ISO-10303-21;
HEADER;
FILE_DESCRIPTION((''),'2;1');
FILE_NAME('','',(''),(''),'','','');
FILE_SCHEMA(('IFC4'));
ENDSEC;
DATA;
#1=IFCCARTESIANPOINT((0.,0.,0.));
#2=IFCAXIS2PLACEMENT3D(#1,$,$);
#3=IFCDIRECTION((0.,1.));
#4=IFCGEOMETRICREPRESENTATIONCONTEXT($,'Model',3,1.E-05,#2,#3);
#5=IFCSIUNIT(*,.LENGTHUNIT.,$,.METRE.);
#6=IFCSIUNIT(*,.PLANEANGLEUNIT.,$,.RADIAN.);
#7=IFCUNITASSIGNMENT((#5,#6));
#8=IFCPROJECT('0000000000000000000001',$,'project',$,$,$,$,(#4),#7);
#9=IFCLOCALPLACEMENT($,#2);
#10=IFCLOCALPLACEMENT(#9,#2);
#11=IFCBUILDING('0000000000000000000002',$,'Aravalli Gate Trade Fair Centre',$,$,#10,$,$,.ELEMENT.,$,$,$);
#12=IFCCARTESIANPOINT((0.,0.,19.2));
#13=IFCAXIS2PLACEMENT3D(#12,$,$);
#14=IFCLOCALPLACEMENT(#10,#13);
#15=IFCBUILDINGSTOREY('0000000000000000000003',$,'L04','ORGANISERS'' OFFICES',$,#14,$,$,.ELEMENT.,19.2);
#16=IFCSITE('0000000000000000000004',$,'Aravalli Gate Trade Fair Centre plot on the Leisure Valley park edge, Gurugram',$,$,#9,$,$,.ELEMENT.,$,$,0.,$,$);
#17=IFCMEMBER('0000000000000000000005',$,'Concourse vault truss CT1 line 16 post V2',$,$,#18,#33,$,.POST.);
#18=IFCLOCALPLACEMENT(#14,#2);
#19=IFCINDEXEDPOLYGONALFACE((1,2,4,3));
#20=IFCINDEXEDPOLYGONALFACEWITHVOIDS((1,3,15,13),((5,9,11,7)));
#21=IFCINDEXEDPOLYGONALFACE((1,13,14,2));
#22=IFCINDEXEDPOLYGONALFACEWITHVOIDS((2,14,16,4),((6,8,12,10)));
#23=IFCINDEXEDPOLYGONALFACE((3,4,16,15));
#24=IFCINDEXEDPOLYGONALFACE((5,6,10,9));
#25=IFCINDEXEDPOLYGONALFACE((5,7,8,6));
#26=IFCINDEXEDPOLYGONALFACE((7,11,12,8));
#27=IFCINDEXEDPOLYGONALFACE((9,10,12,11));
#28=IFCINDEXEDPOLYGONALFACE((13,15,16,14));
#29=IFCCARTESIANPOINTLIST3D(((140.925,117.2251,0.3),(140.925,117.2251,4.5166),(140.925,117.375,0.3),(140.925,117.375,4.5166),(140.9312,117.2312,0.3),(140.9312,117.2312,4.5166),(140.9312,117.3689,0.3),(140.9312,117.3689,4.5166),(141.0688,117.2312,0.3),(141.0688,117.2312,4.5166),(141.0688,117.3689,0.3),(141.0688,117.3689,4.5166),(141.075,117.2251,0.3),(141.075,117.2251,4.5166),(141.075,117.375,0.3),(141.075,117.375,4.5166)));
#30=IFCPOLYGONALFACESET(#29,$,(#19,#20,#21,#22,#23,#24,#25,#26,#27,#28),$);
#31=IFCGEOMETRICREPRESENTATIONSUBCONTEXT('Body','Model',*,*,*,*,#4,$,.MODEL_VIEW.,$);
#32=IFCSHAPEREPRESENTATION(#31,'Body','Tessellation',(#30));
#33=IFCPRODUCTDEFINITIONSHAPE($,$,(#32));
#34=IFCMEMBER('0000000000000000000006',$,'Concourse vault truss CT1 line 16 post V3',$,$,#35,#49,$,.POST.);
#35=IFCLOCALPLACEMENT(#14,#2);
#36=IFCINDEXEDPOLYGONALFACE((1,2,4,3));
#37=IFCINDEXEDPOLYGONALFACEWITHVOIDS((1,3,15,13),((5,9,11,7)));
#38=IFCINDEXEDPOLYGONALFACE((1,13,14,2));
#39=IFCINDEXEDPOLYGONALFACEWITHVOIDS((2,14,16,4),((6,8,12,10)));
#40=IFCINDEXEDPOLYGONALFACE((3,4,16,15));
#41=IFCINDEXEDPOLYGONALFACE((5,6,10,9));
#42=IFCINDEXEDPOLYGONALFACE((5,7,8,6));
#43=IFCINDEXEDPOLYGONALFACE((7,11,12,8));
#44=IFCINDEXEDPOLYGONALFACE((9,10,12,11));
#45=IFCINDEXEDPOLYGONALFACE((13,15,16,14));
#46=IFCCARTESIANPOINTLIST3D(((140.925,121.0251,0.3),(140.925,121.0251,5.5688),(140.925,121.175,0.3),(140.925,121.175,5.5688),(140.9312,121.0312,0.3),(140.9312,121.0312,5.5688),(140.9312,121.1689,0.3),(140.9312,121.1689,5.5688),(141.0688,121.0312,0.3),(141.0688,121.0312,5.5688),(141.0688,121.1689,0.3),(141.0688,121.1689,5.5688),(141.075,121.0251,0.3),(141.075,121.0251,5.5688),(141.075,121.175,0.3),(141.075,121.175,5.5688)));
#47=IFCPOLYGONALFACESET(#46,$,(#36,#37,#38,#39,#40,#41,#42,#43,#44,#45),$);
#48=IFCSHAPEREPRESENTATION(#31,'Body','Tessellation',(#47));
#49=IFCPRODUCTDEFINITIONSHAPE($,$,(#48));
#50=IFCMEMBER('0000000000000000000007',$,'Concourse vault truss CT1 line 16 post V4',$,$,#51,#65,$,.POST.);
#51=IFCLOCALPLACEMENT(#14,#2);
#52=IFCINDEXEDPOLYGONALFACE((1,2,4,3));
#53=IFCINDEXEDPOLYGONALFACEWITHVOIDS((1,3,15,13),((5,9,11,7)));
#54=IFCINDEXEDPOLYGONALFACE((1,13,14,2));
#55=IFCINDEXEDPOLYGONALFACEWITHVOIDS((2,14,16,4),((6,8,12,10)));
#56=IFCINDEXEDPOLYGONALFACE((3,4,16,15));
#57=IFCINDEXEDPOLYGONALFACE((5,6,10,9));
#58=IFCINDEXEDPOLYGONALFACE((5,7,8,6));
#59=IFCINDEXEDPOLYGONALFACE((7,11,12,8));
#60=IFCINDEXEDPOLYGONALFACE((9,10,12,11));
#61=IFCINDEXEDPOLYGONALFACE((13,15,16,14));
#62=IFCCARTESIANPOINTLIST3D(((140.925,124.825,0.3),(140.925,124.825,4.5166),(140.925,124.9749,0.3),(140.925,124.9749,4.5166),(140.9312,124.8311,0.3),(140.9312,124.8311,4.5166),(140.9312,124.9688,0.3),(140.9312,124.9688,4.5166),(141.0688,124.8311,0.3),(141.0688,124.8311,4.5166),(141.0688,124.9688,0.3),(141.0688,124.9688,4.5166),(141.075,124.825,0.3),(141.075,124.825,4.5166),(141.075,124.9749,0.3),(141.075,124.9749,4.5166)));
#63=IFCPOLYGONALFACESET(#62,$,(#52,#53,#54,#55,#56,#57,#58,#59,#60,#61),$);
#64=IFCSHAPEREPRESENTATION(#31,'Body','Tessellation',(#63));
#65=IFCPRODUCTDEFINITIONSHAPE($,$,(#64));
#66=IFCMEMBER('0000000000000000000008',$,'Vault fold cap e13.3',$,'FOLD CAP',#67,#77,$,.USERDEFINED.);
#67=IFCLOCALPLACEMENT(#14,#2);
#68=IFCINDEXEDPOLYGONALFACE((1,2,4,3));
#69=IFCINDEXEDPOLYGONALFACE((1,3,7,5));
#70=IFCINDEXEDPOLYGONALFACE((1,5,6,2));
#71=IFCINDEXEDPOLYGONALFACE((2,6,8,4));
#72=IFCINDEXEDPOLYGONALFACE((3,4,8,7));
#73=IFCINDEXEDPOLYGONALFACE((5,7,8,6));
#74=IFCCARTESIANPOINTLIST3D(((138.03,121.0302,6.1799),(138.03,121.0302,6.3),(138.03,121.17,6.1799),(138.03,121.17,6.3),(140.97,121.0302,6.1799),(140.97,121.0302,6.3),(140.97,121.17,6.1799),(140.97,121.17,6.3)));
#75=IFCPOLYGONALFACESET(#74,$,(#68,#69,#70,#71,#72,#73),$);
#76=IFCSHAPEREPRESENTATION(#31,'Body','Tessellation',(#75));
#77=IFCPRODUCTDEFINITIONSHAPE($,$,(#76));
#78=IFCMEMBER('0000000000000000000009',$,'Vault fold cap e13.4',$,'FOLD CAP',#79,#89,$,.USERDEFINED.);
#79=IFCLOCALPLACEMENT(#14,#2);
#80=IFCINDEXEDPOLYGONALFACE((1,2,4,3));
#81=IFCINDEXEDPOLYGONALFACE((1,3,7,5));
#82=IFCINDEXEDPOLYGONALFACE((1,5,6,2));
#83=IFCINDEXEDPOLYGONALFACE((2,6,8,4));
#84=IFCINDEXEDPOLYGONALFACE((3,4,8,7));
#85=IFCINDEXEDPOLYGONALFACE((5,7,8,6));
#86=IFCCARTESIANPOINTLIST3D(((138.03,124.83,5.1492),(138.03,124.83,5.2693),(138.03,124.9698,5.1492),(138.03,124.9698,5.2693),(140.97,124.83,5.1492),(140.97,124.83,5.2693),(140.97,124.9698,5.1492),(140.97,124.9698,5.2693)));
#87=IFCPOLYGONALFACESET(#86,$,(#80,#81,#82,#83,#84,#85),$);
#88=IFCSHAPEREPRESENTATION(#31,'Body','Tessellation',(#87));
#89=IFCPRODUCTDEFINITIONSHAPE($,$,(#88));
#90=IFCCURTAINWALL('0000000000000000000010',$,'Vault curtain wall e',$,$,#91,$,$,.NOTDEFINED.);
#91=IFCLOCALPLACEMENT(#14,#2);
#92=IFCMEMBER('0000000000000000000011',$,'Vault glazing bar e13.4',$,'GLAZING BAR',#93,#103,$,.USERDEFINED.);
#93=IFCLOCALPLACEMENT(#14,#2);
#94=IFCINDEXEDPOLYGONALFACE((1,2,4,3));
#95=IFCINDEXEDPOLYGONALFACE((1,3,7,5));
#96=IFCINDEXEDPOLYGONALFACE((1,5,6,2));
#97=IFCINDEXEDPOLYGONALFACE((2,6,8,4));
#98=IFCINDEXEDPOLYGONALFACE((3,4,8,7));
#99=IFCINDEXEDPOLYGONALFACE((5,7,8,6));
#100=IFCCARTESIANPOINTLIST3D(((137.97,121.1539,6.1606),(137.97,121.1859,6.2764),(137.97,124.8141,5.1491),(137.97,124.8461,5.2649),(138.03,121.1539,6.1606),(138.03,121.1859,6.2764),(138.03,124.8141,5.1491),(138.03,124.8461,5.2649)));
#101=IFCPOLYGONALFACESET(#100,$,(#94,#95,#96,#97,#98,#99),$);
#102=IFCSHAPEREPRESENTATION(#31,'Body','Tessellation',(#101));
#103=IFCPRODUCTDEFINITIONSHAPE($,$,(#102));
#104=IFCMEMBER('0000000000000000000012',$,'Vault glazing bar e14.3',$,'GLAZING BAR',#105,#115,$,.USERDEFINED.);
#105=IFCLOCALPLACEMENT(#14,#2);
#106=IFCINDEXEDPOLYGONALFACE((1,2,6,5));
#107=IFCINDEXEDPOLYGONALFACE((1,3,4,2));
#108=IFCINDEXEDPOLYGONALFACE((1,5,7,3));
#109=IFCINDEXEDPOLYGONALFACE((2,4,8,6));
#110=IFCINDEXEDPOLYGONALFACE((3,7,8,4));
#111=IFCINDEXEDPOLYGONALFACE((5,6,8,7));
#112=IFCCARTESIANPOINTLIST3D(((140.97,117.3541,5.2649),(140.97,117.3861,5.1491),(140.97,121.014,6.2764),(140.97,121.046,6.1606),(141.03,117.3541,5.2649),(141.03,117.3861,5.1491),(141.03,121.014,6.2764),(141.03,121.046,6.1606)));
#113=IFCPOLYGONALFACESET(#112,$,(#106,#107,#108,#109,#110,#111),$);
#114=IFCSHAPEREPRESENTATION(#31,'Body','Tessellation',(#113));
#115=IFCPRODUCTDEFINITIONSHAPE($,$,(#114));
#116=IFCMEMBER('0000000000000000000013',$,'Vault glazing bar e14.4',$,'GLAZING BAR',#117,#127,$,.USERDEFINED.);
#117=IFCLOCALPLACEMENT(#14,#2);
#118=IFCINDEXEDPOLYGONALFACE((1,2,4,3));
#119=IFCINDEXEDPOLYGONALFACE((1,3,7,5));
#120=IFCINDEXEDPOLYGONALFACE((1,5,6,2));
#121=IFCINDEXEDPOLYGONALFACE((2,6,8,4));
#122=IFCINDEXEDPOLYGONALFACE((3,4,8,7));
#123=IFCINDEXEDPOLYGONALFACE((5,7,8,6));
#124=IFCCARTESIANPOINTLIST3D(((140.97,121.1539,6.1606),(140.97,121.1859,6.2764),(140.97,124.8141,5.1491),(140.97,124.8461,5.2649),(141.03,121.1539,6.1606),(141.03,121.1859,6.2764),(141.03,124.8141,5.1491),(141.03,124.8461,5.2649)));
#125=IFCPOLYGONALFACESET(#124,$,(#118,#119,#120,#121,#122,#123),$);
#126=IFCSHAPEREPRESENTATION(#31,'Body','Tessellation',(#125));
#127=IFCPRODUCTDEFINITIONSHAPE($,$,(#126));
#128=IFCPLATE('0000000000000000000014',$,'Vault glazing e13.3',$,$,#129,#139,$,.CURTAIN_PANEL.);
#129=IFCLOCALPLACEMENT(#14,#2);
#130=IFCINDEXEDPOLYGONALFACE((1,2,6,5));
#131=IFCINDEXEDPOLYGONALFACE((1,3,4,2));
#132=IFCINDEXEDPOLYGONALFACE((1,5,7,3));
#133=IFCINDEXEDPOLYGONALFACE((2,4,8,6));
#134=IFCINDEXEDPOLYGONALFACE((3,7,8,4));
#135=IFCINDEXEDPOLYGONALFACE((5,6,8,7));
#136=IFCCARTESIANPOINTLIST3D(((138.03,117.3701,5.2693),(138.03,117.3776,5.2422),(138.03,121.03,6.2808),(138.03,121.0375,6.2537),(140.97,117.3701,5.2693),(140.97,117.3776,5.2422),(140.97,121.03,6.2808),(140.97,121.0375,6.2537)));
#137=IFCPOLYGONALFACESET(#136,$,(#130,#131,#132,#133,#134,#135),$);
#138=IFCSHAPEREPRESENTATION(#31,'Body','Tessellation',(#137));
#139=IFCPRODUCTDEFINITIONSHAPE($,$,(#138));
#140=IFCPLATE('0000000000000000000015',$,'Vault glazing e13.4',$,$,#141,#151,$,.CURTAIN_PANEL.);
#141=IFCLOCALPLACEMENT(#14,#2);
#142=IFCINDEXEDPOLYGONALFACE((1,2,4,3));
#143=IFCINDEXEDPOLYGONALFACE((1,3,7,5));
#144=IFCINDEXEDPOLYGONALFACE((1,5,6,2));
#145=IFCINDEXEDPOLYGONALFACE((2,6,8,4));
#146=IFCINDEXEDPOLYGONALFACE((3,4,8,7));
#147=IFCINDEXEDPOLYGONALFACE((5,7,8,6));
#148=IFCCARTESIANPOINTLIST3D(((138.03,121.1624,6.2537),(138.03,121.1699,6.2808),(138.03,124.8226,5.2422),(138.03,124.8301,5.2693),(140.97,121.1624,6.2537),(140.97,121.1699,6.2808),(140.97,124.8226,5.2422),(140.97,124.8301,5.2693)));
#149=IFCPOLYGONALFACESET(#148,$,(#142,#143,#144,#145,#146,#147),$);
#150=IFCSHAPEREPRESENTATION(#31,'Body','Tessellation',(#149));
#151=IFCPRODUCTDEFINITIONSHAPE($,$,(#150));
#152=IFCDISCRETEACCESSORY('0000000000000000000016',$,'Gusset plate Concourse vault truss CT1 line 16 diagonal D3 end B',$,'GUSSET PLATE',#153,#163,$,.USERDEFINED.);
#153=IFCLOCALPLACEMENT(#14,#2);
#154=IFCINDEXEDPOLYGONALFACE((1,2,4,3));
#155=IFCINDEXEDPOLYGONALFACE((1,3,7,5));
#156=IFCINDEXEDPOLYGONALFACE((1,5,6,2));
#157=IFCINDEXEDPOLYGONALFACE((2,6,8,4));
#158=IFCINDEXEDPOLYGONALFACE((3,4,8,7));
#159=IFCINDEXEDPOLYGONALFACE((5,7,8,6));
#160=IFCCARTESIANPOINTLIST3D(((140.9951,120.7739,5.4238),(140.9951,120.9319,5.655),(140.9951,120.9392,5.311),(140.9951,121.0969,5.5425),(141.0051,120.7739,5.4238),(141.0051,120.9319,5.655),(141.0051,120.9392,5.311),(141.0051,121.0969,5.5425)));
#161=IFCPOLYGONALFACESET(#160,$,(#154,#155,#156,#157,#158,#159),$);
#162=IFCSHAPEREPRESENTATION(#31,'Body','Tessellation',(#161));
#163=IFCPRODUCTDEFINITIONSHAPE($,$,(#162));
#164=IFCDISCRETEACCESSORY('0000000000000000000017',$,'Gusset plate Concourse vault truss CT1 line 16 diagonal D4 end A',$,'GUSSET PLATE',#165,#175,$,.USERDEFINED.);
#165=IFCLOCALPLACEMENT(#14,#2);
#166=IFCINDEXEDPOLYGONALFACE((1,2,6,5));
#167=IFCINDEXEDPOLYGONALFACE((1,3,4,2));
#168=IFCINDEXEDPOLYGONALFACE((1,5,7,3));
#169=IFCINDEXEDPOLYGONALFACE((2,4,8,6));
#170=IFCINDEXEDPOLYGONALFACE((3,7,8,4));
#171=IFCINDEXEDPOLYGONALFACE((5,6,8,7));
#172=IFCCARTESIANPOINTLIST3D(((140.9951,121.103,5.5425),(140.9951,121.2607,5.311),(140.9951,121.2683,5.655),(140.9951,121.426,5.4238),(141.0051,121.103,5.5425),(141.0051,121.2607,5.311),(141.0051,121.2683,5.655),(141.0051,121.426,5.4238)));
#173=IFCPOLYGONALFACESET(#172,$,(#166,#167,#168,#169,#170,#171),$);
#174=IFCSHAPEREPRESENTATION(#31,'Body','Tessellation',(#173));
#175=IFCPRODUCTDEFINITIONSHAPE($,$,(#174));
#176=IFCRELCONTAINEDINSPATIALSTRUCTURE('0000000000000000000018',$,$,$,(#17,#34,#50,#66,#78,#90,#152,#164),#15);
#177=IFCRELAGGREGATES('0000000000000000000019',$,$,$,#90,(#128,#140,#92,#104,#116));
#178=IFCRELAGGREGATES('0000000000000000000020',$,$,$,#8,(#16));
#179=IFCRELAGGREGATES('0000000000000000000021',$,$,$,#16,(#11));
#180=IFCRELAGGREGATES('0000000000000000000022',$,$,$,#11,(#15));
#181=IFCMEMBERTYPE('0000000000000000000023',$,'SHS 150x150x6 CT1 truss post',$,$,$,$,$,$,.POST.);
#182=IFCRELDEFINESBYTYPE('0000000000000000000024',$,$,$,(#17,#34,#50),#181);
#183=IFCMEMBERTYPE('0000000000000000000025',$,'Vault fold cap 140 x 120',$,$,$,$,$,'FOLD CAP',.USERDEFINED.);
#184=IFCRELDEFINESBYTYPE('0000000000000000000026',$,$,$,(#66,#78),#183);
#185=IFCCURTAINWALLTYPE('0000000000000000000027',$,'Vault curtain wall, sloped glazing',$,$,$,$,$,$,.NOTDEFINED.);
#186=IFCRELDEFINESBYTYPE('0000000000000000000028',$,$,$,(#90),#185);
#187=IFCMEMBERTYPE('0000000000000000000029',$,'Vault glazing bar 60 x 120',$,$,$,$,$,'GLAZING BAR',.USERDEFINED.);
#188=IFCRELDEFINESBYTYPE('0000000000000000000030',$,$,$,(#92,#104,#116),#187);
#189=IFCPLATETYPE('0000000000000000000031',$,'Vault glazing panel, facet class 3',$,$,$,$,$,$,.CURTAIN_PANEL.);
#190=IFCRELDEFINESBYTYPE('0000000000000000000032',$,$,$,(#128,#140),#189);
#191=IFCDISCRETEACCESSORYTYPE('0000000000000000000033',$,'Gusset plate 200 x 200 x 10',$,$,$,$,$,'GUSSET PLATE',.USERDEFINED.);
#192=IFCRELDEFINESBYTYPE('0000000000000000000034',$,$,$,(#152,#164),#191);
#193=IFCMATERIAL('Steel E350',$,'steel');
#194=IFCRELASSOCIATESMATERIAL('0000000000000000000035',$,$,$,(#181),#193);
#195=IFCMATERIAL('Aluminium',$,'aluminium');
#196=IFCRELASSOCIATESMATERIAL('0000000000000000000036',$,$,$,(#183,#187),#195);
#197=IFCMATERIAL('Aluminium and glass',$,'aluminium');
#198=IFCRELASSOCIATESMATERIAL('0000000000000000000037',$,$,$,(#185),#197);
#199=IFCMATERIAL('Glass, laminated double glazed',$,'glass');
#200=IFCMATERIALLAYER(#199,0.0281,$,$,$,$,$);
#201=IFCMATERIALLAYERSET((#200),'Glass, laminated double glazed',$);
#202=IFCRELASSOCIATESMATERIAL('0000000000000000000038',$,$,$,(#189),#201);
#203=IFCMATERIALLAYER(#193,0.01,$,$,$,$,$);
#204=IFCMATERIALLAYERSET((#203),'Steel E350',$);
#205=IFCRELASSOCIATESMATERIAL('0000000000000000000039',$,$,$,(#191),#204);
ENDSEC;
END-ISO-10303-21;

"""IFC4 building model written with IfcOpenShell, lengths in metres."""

from ifc_helpers import new_model, si_unit, direction, frame, origin, origin_2d, place, context, subcontext, project, spatial, polyline, rectangle, hollow_rectangle, outline, extrude, material, layer, layer_set, material_profile, profile_set, type_object, element, aggregate, save


model = new_model("IFC4")

# Units and contexts
model_context = context("Model", 3, precision=1e-05, world=origin(), true_north=direction((0.0, 1.0)))
body_context = subcontext(model_context, "Body", "Model", "MODEL_VIEW")
ifc_project = project(units=[si_unit("LENGTHUNIT", "METRE"), si_unit("PLANEANGLEUNIT", "RADIAN")], contexts=[model_context])

# Site, building, storey
site_placement = place(None, origin())
site = spatial("IfcSite", under=ifc_project, at=site_placement, Name="Aravalli Gate Trade Fair Centre plot on the Leisure Valley park edge, Gurugram", CompositionType="ELEMENT", RefElevation=0.0)
building_placement = place(site_placement, origin())
building = spatial("IfcBuilding", under=site, at=building_placement, Name="Aravalli Gate Trade Fair Centre", CompositionType="ELEMENT")
storey_placement = place(building_placement, frame((0.0, 0.0, 19.2)))
storey = spatial("IfcBuildingStorey", under=building, at=storey_placement, Name="L04", Description="ORGANISERS' OFFICES", CompositionType="ELEMENT", Elevation=19.2)

# Members
ifc_material_1 = material(Name="Steel E350", Category="steel")
ifc_material_profile_1 = material_profile(ifc_material_1, hollow_rectangle(XDim=0.1499, YDim=0.1499, WallThickness=0.0061, at=origin_2d()), Name="SHS 150x150x6")
ifc_profile_set_1 = profile_set([ifc_material_profile_1], Name="Steel E350")
member_type_1 = type_object("IfcMemberType", Name="SHS 150x150x6 CT1 truss post", PredefinedType="POST", material=ifc_profile_set_1)
member_1_placement = place(storey_placement, frame((141.0, 117.3, 0.3), z_axis=(0.0, 0.0, 1.0), x_axis=(1.0, 0.0, 0.0)))
element("IfcMember", 1, at=member_1_placement, inside=storey, type_object=member_type_1, Name="Concourse vault truss CT1 line 16 post V2", PredefinedType="POST", context=body_context, shape_type="SweptSolid", body=[
    extrude(hollow_rectangle(XDim=0.1499, YDim=0.1499, WallThickness=0.0061, at=origin_2d()), origin(), (0.0, 0.0, 1.0), 4.2166),
])
member_2_placement = place(storey_placement, frame((141.0, 121.1001, 0.3), z_axis=(0.0, 0.0, 1.0), x_axis=(1.0, 0.0, 0.0)))
element("IfcMember", 2, at=member_2_placement, inside=storey, type_object=member_type_1, Name="Concourse vault truss CT1 line 16 post V3", PredefinedType="POST", context=body_context, shape_type="SweptSolid", body=[
    extrude(hollow_rectangle(XDim=0.1499, YDim=0.1499, WallThickness=0.0061, at=origin_2d()), origin(), (0.0, 0.0, 1.0), 5.2688),
])
member_3_placement = place(storey_placement, frame((141.0, 124.8999, 0.3), z_axis=(0.0, 0.0, 1.0), x_axis=(1.0, 0.0, 0.0)))
element("IfcMember", 3, at=member_3_placement, inside=storey, type_object=member_type_1, Name="Concourse vault truss CT1 line 16 post V4", PredefinedType="POST", context=body_context, shape_type="SweptSolid", body=[
    extrude(hollow_rectangle(XDim=0.1499, YDim=0.1499, WallThickness=0.0061, at=origin_2d()), origin(), (0.0, 0.0, 1.0), 4.2166),
])
ifc_material_2 = material(Name="Aluminium", Category="aluminium")
ifc_material_profile_2 = material_profile(ifc_material_2, rectangle(XDim=0.1399, YDim=0.1201, at=origin_2d()), Name="Vault fold cap 140 x 120")
ifc_profile_set_2 = profile_set([ifc_material_profile_2], Name="Aluminium")
member_type_2 = type_object("IfcMemberType", Name="Vault fold cap 140 x 120", ElementType="FOLD CAP", PredefinedType="USERDEFINED", material=ifc_profile_set_2)
for number, where, z_axis, x_axis, name in (
    (4, (138.03, 121.1001, 6.24), (1.0, 0.0, 0.0), (0.0, 1.0, 0.0), "Vault fold cap e13.3"),
    (5, (138.03, 124.8999, 5.2092), (1.0, 0.0, 0.0), (0.0, 1.0, 0.0), "Vault fold cap e13.4"),
):
    element("IfcMember", number, at=place(storey_placement, frame(where, z_axis=z_axis, x_axis=x_axis)), inside=storey, type_object=member_type_2, Name=name, ObjectType="FOLD CAP", PredefinedType="USERDEFINED", context=body_context, shape_type="SweptSolid", body=[
        extrude(rectangle(XDim=0.1399, YDim=0.1201, at=origin_2d()), origin(), (0.0, 0.0, 1.0), 2.9399),
    ])

# Curtain wall, members, plates
ifc_material_3 = material(Name="Aluminium and glass", Category="aluminium")
curtain_wall_type = type_object("IfcCurtainWallType", Name="Vault curtain wall, sloped glazing", PredefinedType="NOTDEFINED", material=ifc_material_3)
curtain_wall_placement = place(storey_placement, origin())
curtain_wall = element("IfcCurtainWall", 6, at=curtain_wall_placement, inside=storey, type_object=curtain_wall_type, Name="Vault curtain wall e", PredefinedType="NOTDEFINED")
ifc_material_profile_3 = material_profile(ifc_material_2, rectangle(XDim=0.0601, YDim=0.1201, at=origin_2d()), Name="Vault glazing bar 60 x 120")
ifc_profile_set_3 = profile_set([ifc_material_profile_3], Name="Aluminium")
member_type_3 = type_object("IfcMemberType", Name="Vault glazing bar 60 x 120", ElementType="GLAZING BAR", PredefinedType="USERDEFINED", material=ifc_profile_set_3)
member_4_placement = place(storey_placement, frame((138.0, 121.1699, 6.2185), z_axis=(0.0, 0.963873, -0.266364), x_axis=(-1.0, 0.0, 0.0)))
member_4 = element("IfcMember", 7, at=member_4_placement, type_object=member_type_3, Name="Vault glazing bar e13.4", ObjectType="GLAZING BAR", PredefinedType="USERDEFINED", context=body_context, shape_type="SweptSolid", body=[
    extrude(rectangle(XDim=0.0601, YDim=0.1201, at=origin_2d()), origin(), (0.0, 0.0, 1.0), 3.7974),
])
member_5_placement = place(storey_placement, frame((141.0, 117.3701, 5.207), z_axis=(0.0, 0.963868, 0.26638), x_axis=(-1.0, 0.0, 0.0)))
member_5 = element("IfcMember", 8, at=member_5_placement, type_object=member_type_3, Name="Vault glazing bar e14.3", ObjectType="GLAZING BAR", PredefinedType="USERDEFINED", context=body_context, shape_type="SweptSolid", body=[
    extrude(rectangle(XDim=0.0601, YDim=0.1201, at=origin_2d()), origin(), (0.0, 0.0, 1.0), 3.7971),
])
member_6_placement = place(storey_placement, frame((141.0, 121.1699, 6.2185), z_axis=(0.0, 0.963873, -0.266364), x_axis=(-1.0, 0.0, 0.0)))
member_6 = element("IfcMember", 9, at=member_6_placement, type_object=member_type_3, Name="Vault glazing bar e14.4", ObjectType="GLAZING BAR", PredefinedType="USERDEFINED", context=body_context, shape_type="SweptSolid", body=[
    extrude(rectangle(XDim=0.0601, YDim=0.1201, at=origin_2d()), origin(), (0.0, 0.0, 1.0), 3.7974),
])
ifc_material_4 = material(Name="Glass, laminated double glazed", Category="glass")
ifc_layer_1 = layer(ifc_material_4, 0.0281)
ifc_layer_set_1 = layer_set([ifc_layer_1], Name="Glass, laminated double glazed")
plate_type = type_object("IfcPlateType", Name="Vault glazing panel, facet class 3", PredefinedType="CURTAIN_PANEL", material=ifc_layer_set_1)
plate_1_placement = place(storey_placement, frame((138.03, 117.3701, 5.2693), z_axis=(0.0, -0.26638, 0.963868), x_axis=(1.0, 0.0, 0.0)))
plate_1 = element("IfcPlate", 10, at=plate_1_placement, type_object=plate_type, Name="Vault glazing e13.3", PredefinedType="CURTAIN_PANEL", context=body_context, shape_type="SweptSolid", body=[
    extrude(outline(polyline([(0.0, 0.0), (2.9399, 0.0), (2.9399, 3.7971), (0.0, 3.7971), (0.0, 0.0)])), origin(), (0.0, 0.0, -1.0), 0.0281),
])
plate_2_placement = place(storey_placement, frame((138.03, 121.1699, 6.2808), z_axis=(0.0, 0.266364, 0.963873), x_axis=(1.0, 0.0, 0.0)))
plate_2 = element("IfcPlate", 11, at=plate_2_placement, type_object=plate_type, Name="Vault glazing e13.4", PredefinedType="CURTAIN_PANEL", context=body_context, shape_type="SweptSolid", body=[
    extrude(outline(polyline([(0.0, 0.0), (2.9399, 0.0), (2.9399, 3.7973), (0.0, 3.7973), (0.0, 0.0)])), origin(), (0.0, 0.0, -1.0), 0.0281),
])
aggregate(curtain_wall, [plate_1, plate_2, member_4, member_5, member_6])

# Discrete accessories
ifc_layer_2 = layer(ifc_material_1, 0.01)
ifc_layer_set_2 = layer_set([ifc_layer_2], Name="Steel E350")
discrete_accessory_type = type_object("IfcDiscreteAccessoryType", Name="Gusset plate 200 x 200 x 10", ElementType="GUSSET PLATE", PredefinedType="USERDEFINED", material=ifc_layer_set_2)
discrete_accessory_1_placement = place(storey_placement, frame((140.9951, 120.7739, 5.4238), z_axis=(-1.0, 0.0, 0.0), x_axis=(0.0, 0.564121, 0.825692)))
element("IfcDiscreteAccessory", 12, at=discrete_accessory_1_placement, inside=storey, type_object=discrete_accessory_type, Name="Gusset plate Concourse vault truss CT1 line 16 diagonal D3 end B", ObjectType="GUSSET PLATE", PredefinedType="USERDEFINED", context=body_context, shape_type="SweptSolid", body=[
    extrude(outline(polyline([(0.0, 0.0), (0.28, 0.0), (0.2802, 0.1998), (0.0001, 0.2001), (0.0, 0.0)])), origin(), (0.0, 0.0, -1.0), 0.01),
])
discrete_accessory_2_placement = place(storey_placement, frame((140.9951, 121.2607, 5.311), z_axis=(-1.0, 0.0, 0.0), x_axis=(0.0, -0.56312, 0.826375)))
element("IfcDiscreteAccessory", 13, at=discrete_accessory_2_placement, inside=storey, type_object=discrete_accessory_type, Name="Gusset plate Concourse vault truss CT1 line 16 diagonal D4 end A", ObjectType="GUSSET PLATE", PredefinedType="USERDEFINED", context=body_context, shape_type="SweptSolid", body=[
    extrude(outline(polyline([(0.0, 0.0), (0.2801, 0.0), (0.28, 0.2), (0.0001, 0.2001), (0.0, 0.0)])), origin(), (0.0, 0.0, -1.0), 0.01),
])

save(model, "model.ifc")
